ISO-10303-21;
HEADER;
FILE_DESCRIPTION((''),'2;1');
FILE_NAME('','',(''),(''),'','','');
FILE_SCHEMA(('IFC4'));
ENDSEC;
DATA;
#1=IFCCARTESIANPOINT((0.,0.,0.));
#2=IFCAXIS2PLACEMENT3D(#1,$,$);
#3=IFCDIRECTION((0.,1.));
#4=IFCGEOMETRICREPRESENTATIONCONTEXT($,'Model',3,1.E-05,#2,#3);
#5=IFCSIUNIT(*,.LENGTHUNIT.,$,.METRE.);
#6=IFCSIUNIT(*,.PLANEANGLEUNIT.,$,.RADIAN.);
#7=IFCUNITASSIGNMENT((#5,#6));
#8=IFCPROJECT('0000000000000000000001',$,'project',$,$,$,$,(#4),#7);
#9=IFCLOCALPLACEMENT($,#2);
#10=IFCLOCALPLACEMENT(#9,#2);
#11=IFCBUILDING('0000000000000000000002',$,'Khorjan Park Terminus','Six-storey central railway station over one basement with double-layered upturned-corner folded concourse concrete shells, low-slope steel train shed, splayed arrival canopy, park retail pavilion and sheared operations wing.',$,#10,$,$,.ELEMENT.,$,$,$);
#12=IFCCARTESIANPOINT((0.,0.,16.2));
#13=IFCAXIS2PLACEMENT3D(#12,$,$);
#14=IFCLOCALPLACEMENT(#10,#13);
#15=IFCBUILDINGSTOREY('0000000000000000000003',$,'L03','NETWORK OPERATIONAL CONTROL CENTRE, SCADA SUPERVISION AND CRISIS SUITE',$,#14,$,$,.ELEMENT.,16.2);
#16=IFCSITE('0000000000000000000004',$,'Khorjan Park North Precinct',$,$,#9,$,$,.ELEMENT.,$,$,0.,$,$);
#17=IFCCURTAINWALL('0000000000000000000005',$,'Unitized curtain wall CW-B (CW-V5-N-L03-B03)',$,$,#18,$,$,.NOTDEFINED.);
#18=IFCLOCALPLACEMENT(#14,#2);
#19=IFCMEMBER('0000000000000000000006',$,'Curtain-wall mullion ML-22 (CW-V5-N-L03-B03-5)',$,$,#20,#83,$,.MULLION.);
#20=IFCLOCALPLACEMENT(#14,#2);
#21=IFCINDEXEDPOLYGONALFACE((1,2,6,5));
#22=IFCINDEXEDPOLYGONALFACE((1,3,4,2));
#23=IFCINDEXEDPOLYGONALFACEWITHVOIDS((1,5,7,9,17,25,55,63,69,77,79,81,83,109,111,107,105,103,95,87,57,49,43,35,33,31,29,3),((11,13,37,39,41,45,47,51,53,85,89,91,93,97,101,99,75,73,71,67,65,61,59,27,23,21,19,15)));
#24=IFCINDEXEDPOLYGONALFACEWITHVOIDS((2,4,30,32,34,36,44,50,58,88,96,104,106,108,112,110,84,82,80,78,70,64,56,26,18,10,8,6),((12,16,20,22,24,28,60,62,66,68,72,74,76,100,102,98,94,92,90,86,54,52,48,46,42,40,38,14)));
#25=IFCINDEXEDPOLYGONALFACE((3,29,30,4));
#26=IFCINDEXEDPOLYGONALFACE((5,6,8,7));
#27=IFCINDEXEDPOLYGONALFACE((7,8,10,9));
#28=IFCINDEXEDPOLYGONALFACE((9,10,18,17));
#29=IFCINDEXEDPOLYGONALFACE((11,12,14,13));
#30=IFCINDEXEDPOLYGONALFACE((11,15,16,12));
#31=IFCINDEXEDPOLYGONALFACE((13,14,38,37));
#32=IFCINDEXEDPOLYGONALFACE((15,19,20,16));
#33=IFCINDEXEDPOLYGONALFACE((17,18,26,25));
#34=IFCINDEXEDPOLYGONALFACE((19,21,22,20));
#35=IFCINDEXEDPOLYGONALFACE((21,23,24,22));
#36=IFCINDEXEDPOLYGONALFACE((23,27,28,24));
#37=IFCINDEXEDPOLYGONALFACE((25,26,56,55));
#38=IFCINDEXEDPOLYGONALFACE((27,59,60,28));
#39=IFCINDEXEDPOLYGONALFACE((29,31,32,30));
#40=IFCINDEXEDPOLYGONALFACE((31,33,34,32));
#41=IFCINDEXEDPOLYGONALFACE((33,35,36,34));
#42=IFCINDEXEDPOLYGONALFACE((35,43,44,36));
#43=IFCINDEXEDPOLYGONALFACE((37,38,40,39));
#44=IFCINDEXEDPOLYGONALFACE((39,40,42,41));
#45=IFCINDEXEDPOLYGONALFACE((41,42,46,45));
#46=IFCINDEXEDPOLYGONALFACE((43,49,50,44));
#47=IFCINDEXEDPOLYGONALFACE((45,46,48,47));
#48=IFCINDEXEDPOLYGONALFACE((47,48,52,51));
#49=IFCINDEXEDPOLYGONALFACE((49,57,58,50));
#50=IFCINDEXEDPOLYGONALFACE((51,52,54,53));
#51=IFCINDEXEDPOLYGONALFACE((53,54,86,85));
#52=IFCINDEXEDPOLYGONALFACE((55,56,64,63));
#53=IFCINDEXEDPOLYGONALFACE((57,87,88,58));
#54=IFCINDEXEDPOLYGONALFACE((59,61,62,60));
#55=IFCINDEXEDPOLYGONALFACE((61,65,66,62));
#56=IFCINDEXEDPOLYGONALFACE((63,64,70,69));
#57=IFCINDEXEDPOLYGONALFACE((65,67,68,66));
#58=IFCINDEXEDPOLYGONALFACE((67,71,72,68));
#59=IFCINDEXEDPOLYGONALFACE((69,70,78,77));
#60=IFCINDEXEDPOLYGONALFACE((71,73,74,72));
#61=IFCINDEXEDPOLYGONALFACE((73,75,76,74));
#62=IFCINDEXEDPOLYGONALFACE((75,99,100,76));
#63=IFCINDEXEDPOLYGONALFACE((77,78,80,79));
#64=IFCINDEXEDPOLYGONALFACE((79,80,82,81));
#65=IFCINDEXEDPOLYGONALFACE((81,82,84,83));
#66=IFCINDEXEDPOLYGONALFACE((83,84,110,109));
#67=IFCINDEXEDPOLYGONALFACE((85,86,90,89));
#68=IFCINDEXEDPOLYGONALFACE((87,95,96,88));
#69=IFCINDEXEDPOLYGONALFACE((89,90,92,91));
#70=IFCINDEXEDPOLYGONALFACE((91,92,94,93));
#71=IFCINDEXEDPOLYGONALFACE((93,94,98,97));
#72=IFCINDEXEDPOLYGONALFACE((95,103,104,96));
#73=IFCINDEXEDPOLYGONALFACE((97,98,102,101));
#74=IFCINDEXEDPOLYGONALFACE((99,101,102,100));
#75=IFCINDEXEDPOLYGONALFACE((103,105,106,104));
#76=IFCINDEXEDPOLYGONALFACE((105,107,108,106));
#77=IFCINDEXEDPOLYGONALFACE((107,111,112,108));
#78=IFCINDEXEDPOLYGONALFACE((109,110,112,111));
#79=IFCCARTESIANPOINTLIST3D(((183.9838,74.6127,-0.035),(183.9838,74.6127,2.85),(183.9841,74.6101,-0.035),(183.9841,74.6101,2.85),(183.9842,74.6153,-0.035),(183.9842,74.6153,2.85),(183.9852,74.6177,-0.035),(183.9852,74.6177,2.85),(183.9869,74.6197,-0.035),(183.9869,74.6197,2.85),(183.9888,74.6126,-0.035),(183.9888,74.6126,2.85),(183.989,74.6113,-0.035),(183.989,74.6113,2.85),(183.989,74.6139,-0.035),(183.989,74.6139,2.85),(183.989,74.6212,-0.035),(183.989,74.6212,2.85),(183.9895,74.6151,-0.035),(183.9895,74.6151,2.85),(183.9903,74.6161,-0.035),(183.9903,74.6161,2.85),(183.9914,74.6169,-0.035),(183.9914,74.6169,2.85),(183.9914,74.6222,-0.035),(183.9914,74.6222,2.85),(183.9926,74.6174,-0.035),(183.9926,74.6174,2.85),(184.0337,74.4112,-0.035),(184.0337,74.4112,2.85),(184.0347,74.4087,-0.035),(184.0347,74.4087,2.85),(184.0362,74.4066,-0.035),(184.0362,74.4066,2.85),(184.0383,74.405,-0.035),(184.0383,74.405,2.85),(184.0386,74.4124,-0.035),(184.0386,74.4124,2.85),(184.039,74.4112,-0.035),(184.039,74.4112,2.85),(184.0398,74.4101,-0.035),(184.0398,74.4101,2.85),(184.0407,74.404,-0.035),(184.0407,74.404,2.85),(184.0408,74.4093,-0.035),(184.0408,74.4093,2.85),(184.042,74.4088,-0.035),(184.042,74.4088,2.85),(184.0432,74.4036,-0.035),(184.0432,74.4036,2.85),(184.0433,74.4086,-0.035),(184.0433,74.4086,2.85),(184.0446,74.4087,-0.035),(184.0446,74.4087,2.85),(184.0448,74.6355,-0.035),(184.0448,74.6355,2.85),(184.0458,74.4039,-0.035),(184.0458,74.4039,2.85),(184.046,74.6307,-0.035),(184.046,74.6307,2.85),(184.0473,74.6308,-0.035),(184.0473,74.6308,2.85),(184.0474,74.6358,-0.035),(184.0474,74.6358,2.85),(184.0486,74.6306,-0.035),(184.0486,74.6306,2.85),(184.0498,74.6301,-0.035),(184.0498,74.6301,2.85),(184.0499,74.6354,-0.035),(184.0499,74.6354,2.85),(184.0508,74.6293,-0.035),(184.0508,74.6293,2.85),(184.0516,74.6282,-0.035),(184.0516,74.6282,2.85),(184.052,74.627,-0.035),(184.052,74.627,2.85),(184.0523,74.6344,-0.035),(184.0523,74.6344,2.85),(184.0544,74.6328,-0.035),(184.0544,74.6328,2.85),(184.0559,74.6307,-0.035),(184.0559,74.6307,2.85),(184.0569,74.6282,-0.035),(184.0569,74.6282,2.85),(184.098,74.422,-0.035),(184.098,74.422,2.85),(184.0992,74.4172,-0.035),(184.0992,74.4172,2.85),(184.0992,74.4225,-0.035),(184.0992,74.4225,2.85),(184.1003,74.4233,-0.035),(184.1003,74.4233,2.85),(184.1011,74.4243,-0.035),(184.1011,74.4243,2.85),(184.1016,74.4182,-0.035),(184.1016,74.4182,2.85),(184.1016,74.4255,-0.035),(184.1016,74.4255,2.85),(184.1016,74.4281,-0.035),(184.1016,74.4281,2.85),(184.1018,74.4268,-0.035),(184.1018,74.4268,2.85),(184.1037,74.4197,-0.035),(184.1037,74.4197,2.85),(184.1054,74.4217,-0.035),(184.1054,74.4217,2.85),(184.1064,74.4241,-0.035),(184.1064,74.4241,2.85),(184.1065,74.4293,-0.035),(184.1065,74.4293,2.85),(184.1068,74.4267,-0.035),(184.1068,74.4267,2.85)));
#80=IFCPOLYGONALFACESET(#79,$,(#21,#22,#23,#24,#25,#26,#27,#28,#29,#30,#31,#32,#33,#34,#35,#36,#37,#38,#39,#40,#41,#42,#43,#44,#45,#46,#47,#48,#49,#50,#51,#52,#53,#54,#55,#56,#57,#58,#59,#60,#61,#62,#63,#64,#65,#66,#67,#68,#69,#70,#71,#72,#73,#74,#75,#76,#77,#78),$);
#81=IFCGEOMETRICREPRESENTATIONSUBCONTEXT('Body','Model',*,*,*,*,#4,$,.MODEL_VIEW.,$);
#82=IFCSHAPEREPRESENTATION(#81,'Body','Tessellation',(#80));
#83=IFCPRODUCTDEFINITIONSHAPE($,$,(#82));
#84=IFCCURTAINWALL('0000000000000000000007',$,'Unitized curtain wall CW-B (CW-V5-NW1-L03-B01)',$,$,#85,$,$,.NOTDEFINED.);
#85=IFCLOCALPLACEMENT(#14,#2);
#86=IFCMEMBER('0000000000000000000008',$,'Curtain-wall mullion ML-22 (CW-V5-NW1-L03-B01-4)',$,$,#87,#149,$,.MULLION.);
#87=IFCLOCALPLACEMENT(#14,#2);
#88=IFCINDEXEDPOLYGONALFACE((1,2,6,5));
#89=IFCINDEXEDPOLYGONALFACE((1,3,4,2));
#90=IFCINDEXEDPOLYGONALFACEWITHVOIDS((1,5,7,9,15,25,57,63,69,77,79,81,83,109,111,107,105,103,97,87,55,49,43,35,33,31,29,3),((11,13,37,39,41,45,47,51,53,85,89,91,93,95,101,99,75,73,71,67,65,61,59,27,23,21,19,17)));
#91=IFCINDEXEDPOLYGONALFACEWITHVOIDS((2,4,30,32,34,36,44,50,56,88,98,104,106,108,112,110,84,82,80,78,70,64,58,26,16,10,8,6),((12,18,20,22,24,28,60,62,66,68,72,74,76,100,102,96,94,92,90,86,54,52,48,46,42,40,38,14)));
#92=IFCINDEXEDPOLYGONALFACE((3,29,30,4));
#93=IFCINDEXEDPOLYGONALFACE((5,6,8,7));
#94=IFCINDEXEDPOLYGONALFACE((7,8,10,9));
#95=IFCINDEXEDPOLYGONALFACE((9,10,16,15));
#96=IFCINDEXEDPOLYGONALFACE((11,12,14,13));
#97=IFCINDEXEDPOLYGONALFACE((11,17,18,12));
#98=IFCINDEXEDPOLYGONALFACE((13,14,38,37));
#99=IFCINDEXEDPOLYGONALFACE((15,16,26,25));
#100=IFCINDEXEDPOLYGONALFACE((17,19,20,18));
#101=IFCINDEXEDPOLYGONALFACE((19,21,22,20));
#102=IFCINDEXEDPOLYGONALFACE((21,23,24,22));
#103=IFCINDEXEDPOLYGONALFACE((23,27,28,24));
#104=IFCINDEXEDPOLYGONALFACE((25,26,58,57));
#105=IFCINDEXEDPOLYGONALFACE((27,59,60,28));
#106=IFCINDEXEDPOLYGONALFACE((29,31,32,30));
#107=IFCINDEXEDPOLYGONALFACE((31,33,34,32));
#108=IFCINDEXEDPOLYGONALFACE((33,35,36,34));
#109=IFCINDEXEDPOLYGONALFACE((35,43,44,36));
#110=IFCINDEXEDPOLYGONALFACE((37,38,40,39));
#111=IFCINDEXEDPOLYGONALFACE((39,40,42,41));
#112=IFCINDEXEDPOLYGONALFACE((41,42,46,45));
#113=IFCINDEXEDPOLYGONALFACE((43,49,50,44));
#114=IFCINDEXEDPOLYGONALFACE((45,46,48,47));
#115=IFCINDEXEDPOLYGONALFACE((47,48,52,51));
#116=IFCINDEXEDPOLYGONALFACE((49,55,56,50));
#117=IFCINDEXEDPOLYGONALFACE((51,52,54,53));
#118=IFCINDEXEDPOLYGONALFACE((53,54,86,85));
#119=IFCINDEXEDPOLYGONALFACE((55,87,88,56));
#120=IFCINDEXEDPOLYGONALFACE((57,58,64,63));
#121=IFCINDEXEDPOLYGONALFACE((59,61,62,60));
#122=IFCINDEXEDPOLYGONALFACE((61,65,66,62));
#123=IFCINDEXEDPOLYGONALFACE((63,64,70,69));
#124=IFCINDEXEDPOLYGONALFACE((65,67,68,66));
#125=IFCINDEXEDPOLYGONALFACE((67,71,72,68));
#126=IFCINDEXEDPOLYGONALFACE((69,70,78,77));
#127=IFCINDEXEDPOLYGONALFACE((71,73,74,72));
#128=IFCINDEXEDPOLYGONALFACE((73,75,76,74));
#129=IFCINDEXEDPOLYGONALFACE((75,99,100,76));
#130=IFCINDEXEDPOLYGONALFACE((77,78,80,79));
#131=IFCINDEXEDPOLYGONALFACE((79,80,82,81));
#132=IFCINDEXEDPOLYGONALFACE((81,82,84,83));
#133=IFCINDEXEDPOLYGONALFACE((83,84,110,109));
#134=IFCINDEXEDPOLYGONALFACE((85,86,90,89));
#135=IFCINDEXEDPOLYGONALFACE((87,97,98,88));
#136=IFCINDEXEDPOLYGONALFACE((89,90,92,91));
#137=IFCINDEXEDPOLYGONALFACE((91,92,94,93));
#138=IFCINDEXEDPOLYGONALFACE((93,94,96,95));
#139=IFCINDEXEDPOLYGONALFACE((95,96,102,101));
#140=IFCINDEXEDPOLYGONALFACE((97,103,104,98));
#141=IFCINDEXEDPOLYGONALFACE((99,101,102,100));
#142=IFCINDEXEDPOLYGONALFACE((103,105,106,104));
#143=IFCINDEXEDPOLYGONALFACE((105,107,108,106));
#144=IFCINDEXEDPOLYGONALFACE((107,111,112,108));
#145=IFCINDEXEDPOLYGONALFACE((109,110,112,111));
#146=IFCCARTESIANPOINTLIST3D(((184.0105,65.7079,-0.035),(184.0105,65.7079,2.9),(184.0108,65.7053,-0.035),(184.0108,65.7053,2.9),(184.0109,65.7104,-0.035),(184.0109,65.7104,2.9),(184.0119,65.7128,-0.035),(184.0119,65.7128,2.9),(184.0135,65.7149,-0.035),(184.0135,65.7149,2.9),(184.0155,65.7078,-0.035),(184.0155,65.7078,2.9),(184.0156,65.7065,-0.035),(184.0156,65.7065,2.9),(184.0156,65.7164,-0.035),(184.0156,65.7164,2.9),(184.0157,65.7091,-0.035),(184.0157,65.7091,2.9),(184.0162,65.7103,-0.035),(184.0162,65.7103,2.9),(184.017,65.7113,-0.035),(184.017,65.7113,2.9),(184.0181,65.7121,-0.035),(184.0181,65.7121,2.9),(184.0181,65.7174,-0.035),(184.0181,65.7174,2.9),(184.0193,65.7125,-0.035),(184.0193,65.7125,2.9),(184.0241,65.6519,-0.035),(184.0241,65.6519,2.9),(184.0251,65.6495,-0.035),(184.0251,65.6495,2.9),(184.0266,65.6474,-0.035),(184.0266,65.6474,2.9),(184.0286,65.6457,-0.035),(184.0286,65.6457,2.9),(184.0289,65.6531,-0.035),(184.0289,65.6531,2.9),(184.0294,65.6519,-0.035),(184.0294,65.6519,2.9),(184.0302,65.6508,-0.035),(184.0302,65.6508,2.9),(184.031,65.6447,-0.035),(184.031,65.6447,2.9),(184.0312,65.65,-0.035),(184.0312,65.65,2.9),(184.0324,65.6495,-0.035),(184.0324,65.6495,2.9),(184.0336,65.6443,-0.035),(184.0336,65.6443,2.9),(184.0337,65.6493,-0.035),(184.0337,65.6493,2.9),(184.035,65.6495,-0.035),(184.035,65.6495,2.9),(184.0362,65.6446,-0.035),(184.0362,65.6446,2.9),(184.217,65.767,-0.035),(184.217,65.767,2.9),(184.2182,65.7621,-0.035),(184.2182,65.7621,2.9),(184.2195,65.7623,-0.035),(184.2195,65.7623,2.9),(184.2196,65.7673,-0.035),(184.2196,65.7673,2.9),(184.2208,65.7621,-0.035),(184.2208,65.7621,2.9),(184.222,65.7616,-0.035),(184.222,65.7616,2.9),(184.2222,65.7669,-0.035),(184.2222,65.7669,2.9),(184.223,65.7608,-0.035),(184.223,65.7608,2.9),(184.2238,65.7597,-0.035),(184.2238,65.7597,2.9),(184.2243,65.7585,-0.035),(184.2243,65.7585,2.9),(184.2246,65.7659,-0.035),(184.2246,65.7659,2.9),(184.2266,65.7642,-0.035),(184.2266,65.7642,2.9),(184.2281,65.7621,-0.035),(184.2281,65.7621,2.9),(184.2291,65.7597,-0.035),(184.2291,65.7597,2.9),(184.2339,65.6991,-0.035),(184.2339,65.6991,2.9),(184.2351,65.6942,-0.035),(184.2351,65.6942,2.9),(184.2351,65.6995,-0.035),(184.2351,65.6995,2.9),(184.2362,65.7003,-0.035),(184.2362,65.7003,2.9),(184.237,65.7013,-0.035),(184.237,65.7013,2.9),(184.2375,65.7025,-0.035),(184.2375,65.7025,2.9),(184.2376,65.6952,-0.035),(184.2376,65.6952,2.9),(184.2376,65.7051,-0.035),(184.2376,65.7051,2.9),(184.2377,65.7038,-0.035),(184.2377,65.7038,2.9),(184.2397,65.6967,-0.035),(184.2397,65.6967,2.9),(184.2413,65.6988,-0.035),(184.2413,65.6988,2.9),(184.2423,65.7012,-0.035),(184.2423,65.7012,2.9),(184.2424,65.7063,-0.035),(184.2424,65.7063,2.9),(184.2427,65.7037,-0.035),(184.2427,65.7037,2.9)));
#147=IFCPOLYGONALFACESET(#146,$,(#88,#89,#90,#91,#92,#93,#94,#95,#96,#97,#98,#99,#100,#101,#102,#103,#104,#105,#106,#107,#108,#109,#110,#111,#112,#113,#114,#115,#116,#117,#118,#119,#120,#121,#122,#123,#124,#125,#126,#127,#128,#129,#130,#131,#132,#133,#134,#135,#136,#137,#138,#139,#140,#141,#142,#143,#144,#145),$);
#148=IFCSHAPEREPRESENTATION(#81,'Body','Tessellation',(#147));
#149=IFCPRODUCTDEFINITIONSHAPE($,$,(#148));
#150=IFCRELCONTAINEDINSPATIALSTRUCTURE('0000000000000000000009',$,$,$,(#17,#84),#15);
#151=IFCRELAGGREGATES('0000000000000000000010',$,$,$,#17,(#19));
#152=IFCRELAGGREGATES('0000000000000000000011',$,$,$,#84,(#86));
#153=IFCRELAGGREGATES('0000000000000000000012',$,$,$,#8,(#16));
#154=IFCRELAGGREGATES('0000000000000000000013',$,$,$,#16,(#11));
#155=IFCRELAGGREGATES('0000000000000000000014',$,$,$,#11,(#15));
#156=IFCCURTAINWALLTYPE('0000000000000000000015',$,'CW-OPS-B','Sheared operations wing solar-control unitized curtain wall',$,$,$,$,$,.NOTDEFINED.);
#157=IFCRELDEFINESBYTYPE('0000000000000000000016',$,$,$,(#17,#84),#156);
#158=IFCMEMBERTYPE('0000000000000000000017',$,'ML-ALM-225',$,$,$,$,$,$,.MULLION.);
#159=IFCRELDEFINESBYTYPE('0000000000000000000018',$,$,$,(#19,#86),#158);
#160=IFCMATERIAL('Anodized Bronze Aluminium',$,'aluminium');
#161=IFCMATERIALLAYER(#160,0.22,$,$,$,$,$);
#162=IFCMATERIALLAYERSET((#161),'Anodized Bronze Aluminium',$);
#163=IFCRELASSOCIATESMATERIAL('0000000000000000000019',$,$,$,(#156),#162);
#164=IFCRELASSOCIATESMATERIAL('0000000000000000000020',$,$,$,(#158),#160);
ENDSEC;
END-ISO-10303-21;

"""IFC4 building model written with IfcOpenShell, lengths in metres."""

from ifc_helpers import new_model, si_unit, direction, frame, origin, origin_2d, place, context, subcontext, project, spatial, hollow_rectangle, extrude, material, layer, layer_set, material_profile, profile_set, type_object, element, aggregate, save


model = new_model("IFC4")

# Units and contexts
model_context = context("Model", 3, precision=1e-05, world=origin(), true_north=direction((0.0, 1.0)))
body_context = subcontext(model_context, "Body", "Model", "MODEL_VIEW")
ifc_project = project(units=[si_unit("LENGTHUNIT", "METRE"), si_unit("PLANEANGLEUNIT", "RADIAN")], contexts=[model_context])

# Site, building, storey
site_placement = place(None, origin())
site = spatial("IfcSite", under=ifc_project, at=site_placement, Name="Khorjan Park North Precinct", CompositionType="ELEMENT", RefElevation=0.0)
building_placement = place(site_placement, origin())
building = spatial("IfcBuilding", under=site, at=building_placement, Name="Khorjan Park Terminus", Description="Six-storey central railway station over one basement with double-layered upturned-corner folded concourse concrete shells, low-slope steel train shed, splayed arrival canopy, park retail pavilion and sheared operations wing.", CompositionType="ELEMENT")
storey_placement = place(building_placement, frame((0.0, 0.0, 16.2)))
storey = spatial("IfcBuildingStorey", under=building, at=storey_placement, Name="L03", Description="NETWORK OPERATIONAL CONTROL CENTRE, SCADA SUPERVISION AND CRISIS SUITE", CompositionType="ELEMENT", Elevation=16.2)

# Curtain walls, members
ifc_material_1 = material(Name="Anodized Bronze Aluminium", Category="aluminium")
ifc_layer_1 = layer(ifc_material_1, 0.22)
ifc_layer_set_1 = layer_set([ifc_layer_1], Name="Anodized Bronze Aluminium")
curtain_wall_type = type_object("IfcCurtainWallType", Name="CW-OPS-B", Description="Sheared operations wing solar-control unitized curtain wall", PredefinedType="NOTDEFINED", material=ifc_layer_set_1)
curtain_wall_1_placement = place(storey_placement, origin())
curtain_wall_1 = element("IfcCurtainWall", 1, at=curtain_wall_1_placement, inside=storey, type_object=curtain_wall_type, Name="Unitized curtain wall CW-B (CW-V5-N-L03-B03)", PredefinedType="NOTDEFINED")
ifc_material_profile_1 = material_profile(ifc_material_1, hollow_rectangle(XDim=0.075, YDim=0.225, WallThickness=0.005, InnerFilletRadius=0.005, OuterFilletRadius=0.01, at=origin_2d()), Name="ALM 75x225x5")
ifc_profile_set_1 = profile_set([ifc_material_profile_1], Name="Anodized Bronze Aluminium")
member_type_1 = type_object("IfcMemberType", Name="ML-ALM-225", PredefinedType="MULLION", material=ifc_profile_set_1)
member_1_placement = place(storey_placement, frame((184.0453, 74.5197, -0.035), z_axis=(0.0, 0.0, 1.0), x_axis=(-0.970296, -0.241921, 0.0)))
member_1 = element("IfcMember", 2, at=member_1_placement, type_object=member_type_1, Name="Curtain-wall mullion ML-22 (CW-V5-N-L03-B03-5)", PredefinedType="MULLION", context=body_context, shape_type="SweptSolid", body=[
    extrude(hollow_rectangle(XDim=0.075, YDim=0.225, WallThickness=0.005, InnerFilletRadius=0.005, OuterFilletRadius=0.01, at=origin_2d()), origin(), (0.0, 0.0, 1.0), 2.885),
])
curtain_wall_2_placement = place(storey_placement, origin())
curtain_wall_2 = element("IfcCurtainWall", 3, at=curtain_wall_2_placement, inside=storey, type_object=curtain_wall_type, Name="Unitized curtain wall CW-B (CW-V5-NW1-L03-B01)", PredefinedType="NOTDEFINED")
member_2_placement = place(storey_placement, frame((184.1266, 65.7058, -0.035), z_axis=(0.0, 0.0, 1.0), x_axis=(0.241923, -0.970296, 0.0)))
member_2 = element("IfcMember", 4, at=member_2_placement, type_object=member_type_1, Name="Curtain-wall mullion ML-22 (CW-V5-NW1-L03-B01-4)", PredefinedType="MULLION", context=body_context, shape_type="SweptSolid", body=[
    extrude(hollow_rectangle(XDim=0.075, YDim=0.225, WallThickness=0.005, InnerFilletRadius=0.005, OuterFilletRadius=0.01, at=origin_2d()), origin(), (0.0, 0.0, 1.0), 2.935),
])

aggregate(curtain_wall_1, [member_1])
aggregate(curtain_wall_2, [member_2])

save(model, "model.ifc")
